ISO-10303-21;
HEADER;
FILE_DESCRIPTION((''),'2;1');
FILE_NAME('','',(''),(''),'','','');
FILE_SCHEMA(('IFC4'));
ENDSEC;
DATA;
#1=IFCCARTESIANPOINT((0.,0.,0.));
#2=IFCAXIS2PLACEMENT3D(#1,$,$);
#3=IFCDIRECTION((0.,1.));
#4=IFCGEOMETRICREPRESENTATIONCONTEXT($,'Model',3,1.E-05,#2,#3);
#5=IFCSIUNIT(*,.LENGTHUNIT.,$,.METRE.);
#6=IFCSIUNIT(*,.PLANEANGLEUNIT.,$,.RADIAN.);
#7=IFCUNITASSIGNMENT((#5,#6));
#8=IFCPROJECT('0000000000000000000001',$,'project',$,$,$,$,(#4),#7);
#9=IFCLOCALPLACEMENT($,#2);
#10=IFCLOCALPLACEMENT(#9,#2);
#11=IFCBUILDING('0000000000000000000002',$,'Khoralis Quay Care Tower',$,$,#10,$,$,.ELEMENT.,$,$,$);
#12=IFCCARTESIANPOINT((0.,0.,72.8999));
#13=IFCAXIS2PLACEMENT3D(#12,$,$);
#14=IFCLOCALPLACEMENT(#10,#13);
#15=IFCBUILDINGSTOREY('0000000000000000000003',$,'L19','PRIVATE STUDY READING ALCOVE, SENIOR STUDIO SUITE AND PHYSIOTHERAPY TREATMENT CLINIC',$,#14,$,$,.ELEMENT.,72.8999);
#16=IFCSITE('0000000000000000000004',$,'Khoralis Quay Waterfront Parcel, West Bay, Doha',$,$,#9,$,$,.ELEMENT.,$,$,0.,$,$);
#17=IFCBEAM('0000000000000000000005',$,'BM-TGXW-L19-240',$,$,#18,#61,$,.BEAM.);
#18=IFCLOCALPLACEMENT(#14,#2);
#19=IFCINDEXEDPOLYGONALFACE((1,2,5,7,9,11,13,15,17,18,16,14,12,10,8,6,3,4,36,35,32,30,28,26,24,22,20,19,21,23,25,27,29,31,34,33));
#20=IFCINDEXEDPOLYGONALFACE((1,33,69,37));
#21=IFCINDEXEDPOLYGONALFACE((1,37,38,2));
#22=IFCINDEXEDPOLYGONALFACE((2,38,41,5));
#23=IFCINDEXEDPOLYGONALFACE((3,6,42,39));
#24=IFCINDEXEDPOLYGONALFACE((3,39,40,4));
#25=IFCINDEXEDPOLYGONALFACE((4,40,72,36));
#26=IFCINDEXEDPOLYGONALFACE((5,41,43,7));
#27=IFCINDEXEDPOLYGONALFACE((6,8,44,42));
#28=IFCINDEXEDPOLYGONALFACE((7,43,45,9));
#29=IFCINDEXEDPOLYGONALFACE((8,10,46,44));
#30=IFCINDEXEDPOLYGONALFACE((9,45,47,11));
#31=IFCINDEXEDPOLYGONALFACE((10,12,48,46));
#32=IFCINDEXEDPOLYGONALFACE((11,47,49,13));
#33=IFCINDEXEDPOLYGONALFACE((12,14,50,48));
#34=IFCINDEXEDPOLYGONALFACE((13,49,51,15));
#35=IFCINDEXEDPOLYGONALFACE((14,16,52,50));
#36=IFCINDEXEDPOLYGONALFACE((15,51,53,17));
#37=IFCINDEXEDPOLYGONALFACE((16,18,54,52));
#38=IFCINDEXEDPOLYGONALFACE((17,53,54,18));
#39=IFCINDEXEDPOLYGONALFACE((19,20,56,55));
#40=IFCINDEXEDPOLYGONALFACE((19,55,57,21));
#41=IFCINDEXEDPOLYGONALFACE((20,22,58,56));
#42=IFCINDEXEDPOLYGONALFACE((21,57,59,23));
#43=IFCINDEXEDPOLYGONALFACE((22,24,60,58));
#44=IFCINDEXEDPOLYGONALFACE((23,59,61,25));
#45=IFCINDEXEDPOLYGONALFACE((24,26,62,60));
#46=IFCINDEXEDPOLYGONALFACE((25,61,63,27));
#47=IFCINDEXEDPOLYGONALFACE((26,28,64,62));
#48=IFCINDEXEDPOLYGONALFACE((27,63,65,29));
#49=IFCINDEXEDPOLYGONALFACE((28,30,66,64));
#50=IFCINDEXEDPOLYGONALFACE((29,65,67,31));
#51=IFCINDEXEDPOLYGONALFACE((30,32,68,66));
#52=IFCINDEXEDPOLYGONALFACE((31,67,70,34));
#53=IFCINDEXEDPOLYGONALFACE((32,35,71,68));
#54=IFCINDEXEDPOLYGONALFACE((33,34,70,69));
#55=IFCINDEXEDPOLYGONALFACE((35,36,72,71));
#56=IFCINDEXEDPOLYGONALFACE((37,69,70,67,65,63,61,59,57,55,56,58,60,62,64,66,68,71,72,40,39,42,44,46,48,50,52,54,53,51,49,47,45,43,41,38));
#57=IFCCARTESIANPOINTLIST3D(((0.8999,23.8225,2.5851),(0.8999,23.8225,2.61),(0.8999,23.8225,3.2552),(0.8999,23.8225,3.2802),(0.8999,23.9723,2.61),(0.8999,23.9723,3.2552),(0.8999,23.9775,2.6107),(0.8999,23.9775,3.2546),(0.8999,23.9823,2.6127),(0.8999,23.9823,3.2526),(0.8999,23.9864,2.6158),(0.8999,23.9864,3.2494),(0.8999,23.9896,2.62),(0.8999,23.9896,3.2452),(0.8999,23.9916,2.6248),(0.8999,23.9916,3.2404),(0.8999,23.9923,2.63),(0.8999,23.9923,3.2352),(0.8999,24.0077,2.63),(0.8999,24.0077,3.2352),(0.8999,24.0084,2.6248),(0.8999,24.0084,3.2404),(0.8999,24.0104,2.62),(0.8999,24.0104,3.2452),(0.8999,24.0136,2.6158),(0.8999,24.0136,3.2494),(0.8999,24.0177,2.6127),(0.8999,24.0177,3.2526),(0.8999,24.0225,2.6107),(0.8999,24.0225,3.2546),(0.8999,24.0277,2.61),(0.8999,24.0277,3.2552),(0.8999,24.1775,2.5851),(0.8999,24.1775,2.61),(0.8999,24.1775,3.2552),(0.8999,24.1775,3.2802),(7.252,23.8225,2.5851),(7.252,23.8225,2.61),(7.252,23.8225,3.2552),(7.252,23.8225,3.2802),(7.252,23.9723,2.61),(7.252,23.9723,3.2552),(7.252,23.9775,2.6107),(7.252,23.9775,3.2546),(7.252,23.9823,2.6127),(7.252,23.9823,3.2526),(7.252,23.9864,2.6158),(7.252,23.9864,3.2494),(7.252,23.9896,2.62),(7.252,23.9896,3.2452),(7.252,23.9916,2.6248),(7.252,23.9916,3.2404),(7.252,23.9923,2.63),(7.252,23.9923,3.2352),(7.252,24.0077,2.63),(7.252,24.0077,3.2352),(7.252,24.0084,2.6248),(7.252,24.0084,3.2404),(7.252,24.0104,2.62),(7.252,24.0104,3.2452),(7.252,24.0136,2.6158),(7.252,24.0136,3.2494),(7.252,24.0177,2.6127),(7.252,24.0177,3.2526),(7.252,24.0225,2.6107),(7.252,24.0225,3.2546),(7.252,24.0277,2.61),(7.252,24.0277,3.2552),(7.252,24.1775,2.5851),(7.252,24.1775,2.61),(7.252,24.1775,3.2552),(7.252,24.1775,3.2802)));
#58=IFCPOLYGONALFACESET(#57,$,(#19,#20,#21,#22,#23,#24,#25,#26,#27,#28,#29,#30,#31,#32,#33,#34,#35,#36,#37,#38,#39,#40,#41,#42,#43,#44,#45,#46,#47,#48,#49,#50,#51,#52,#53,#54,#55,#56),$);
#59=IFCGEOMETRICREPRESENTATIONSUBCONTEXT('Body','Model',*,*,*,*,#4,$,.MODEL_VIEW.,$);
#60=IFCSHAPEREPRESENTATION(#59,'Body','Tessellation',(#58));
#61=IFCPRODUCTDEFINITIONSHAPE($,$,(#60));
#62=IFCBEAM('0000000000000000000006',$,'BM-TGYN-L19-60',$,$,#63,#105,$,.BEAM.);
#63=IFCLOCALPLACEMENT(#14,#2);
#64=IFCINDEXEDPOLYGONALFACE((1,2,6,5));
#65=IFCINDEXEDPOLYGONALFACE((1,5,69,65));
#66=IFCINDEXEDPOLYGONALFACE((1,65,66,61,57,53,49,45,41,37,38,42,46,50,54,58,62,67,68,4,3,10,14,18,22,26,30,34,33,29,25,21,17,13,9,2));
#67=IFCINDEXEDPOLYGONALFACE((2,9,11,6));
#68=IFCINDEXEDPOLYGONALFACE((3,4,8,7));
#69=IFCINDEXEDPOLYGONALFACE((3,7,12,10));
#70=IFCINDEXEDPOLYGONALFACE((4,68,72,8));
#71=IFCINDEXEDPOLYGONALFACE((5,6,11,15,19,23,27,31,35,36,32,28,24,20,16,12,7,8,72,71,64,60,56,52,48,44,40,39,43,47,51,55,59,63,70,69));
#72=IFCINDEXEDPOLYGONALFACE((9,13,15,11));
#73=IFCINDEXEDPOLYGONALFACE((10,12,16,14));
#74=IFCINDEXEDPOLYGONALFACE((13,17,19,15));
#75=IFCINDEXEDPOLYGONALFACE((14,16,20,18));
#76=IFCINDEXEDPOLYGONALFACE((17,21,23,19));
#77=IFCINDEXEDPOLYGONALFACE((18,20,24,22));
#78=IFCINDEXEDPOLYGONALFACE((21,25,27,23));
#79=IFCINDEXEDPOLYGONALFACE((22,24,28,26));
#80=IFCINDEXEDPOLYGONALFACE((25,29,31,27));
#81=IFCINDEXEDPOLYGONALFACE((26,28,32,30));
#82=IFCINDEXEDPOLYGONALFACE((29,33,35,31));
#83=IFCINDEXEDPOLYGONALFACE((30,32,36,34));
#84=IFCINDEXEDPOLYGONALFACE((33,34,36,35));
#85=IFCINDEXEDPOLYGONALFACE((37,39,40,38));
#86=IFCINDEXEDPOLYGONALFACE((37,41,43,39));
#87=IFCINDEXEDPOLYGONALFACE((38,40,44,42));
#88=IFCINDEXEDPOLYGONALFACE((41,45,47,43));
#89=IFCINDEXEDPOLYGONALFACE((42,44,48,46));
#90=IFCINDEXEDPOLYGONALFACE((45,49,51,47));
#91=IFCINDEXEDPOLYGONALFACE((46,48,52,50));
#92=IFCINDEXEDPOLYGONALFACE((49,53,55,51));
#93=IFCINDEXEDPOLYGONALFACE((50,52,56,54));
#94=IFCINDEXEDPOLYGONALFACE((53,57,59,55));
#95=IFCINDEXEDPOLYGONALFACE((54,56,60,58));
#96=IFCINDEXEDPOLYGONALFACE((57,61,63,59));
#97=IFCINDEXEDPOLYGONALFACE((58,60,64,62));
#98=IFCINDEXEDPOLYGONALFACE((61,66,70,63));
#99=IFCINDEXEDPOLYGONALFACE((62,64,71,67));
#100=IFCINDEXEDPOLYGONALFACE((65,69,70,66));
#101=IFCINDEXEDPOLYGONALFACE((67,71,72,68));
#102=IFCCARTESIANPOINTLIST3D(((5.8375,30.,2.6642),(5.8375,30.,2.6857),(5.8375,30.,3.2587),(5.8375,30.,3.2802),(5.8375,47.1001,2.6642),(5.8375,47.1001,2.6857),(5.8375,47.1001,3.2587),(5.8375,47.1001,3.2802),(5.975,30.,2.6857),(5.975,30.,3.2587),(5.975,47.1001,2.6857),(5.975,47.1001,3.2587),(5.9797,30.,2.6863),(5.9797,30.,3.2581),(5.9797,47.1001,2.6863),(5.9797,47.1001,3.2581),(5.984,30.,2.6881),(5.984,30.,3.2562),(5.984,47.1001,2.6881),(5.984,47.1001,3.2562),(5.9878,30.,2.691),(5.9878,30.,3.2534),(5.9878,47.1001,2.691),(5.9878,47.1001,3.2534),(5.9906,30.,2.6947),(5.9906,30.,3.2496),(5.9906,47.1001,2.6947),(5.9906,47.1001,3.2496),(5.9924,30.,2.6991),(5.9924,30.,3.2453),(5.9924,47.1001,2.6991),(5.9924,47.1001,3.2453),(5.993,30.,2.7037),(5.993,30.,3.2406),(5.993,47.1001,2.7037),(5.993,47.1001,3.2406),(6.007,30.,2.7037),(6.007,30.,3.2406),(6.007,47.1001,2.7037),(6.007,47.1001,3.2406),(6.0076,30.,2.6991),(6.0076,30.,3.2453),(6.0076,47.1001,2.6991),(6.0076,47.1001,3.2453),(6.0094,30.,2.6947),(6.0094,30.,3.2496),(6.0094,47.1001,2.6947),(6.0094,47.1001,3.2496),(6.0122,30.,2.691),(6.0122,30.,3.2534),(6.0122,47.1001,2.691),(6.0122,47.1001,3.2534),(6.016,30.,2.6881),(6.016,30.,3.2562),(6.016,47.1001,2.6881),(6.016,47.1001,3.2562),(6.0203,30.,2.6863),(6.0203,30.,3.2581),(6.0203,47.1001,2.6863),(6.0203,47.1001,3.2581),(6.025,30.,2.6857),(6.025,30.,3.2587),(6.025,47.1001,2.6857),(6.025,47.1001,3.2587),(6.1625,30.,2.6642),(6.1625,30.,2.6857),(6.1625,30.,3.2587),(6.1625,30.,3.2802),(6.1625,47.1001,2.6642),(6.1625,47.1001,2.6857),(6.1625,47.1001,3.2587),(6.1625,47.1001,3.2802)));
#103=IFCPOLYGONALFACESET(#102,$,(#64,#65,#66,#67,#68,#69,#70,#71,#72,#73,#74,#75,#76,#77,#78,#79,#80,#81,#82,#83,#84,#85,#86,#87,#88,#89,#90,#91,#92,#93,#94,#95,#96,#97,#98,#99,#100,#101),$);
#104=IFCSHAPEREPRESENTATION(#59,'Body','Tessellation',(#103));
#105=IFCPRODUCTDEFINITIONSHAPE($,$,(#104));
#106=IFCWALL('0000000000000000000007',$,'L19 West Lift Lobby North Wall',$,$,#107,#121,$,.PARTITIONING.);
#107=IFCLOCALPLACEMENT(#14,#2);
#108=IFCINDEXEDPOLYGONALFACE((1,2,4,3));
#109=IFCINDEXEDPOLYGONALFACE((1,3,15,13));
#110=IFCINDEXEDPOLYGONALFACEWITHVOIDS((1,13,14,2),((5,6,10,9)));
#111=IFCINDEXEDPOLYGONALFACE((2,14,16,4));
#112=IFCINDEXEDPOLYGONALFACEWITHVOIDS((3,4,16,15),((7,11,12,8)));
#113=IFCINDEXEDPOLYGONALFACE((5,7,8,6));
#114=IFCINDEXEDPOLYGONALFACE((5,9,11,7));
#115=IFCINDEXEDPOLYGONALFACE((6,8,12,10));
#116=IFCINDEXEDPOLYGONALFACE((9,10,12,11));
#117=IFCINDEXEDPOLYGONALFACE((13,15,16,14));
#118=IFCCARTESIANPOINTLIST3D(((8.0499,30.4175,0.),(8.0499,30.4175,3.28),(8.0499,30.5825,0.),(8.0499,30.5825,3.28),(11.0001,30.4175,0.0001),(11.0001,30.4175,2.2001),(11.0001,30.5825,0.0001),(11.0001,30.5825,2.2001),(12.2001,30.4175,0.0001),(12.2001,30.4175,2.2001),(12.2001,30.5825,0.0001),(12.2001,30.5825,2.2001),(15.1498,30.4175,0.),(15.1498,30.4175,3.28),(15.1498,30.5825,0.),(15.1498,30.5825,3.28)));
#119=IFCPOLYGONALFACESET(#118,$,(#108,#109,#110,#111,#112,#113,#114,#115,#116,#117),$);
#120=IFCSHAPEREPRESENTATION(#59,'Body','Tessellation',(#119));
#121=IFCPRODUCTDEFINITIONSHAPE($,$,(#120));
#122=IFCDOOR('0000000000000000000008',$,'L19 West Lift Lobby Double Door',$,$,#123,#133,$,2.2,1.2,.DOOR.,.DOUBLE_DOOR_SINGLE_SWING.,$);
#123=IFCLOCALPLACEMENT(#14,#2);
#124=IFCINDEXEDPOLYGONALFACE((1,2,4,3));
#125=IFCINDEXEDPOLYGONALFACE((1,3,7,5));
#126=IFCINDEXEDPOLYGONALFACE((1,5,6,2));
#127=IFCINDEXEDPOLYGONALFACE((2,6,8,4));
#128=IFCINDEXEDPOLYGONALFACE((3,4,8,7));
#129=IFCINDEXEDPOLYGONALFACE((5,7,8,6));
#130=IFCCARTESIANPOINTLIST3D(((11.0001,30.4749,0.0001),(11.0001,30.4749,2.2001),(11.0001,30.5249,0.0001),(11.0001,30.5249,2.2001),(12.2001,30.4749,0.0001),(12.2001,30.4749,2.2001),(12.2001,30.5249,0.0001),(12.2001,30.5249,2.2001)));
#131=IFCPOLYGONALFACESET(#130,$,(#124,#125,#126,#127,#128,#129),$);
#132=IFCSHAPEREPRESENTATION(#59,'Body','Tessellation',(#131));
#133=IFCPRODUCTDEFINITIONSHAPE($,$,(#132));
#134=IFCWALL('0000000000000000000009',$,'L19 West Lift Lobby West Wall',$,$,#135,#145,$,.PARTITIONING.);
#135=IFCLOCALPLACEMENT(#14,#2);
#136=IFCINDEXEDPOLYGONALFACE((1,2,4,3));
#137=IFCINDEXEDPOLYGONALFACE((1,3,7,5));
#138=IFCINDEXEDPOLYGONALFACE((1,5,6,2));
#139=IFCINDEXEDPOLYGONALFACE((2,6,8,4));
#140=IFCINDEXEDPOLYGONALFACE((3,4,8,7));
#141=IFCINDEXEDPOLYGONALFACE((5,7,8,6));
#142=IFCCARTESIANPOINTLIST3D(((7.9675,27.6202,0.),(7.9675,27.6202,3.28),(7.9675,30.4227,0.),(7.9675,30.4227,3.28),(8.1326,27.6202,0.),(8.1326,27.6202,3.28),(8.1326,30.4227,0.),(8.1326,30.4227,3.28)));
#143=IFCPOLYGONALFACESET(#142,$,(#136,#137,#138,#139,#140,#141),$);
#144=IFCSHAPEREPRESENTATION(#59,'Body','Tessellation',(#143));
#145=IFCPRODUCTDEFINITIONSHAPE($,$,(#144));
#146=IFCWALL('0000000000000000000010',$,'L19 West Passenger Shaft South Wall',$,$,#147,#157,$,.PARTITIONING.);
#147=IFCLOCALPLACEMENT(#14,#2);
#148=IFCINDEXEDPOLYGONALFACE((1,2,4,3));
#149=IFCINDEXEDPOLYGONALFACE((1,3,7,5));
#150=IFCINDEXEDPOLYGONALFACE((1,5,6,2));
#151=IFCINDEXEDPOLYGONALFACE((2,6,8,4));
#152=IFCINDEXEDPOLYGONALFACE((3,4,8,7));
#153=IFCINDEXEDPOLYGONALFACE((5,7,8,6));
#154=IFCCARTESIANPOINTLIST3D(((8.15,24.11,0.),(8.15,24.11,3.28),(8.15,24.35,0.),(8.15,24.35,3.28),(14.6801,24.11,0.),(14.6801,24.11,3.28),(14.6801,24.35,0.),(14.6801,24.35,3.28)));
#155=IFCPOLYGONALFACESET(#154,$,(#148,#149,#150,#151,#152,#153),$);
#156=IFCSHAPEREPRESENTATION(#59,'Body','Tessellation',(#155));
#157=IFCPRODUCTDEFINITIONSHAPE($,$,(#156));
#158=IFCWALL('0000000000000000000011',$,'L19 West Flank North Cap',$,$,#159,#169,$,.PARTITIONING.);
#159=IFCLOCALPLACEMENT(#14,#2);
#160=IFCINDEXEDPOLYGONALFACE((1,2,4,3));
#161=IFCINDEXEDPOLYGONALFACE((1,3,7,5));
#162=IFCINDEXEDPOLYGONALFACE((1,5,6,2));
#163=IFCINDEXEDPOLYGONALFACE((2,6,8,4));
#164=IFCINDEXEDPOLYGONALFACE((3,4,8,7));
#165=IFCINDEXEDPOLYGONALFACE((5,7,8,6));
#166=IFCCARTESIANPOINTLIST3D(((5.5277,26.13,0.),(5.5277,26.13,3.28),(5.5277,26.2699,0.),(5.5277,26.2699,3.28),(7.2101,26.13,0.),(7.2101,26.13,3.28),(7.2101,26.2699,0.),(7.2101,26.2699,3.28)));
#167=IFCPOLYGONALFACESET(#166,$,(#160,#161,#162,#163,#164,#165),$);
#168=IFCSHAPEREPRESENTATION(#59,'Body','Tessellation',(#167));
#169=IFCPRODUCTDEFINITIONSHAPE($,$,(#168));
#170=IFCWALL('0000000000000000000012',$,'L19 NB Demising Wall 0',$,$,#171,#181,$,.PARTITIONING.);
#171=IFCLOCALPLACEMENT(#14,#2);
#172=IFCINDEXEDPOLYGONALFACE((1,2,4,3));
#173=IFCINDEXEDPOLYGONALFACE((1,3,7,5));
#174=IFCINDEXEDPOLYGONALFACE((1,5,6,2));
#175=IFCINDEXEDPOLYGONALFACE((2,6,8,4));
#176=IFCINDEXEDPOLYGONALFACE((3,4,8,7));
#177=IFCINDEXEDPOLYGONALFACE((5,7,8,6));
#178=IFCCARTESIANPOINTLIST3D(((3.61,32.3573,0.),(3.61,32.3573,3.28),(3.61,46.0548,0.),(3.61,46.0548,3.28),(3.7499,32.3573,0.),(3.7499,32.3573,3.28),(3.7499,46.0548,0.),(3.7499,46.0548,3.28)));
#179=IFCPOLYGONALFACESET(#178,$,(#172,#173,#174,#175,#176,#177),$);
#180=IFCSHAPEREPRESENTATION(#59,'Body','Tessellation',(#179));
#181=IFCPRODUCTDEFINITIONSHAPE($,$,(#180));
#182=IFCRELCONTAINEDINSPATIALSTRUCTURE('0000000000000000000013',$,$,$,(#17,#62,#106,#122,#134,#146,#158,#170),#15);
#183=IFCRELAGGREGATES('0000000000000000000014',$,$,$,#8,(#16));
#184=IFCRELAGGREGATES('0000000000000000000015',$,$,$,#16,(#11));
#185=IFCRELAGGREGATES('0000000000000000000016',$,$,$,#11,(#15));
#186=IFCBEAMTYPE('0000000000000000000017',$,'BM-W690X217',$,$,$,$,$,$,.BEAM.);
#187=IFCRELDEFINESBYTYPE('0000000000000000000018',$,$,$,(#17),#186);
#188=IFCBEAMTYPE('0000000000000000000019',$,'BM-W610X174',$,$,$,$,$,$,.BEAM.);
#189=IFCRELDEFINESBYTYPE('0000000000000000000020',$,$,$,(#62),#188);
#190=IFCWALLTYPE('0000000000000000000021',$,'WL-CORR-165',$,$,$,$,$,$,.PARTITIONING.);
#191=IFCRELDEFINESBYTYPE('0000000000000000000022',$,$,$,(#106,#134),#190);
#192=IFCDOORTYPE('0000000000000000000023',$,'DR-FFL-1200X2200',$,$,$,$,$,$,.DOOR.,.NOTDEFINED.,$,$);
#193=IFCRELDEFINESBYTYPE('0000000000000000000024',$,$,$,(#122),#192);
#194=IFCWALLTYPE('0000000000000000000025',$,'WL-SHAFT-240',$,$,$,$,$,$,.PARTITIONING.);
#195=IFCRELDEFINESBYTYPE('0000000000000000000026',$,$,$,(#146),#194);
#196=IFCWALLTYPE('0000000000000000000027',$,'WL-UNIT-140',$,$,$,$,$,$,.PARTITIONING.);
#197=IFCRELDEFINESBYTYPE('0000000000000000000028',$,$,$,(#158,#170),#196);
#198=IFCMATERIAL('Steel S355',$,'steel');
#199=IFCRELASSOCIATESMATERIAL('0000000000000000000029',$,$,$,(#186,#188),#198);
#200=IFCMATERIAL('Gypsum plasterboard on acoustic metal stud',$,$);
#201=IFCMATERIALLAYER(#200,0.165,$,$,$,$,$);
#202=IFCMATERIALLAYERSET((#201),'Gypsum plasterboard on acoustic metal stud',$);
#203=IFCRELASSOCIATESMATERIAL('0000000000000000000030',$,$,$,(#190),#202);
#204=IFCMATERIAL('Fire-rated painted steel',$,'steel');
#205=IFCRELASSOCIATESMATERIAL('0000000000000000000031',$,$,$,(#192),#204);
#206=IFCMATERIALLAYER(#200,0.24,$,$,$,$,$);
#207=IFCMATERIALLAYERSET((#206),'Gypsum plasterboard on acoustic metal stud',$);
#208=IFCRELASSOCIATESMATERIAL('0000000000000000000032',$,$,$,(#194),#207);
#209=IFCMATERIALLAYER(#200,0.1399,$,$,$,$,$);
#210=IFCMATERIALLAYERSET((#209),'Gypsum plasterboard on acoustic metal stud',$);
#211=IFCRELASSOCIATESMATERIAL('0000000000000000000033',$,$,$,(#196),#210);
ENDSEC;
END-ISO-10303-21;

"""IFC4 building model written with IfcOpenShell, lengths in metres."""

from ifc_helpers import new_model, si_unit, direction, frame, frame_2d, origin, origin_2d, place, context, subcontext, project, spatial, rectangle, i_section, extrude, source, transform, mapped, material, layer, layer_set, material_profile, profile_set, type_object, element, fill, save


model = new_model("IFC4")

# Units and contexts
model_context = context("Model", 3, precision=1e-05, world=origin(), true_north=direction((0.0, 1.0)))
body_context = subcontext(model_context, "Body", "Model", "MODEL_VIEW")
ifc_project = project(units=[si_unit("LENGTHUNIT", "METRE"), si_unit("PLANEANGLEUNIT", "RADIAN")], contexts=[model_context])

# Site, building, storey
site_placement = place(None, origin())
site = spatial("IfcSite", under=ifc_project, at=site_placement, Name="Khoralis Quay Waterfront Parcel, West Bay, Doha", CompositionType="ELEMENT", RefElevation=0.0)
building_placement = place(site_placement, origin())
building = spatial("IfcBuilding", under=site, at=building_placement, Name="Khoralis Quay Care Tower", CompositionType="ELEMENT")
storey_placement = place(building_placement, frame((0.0, 0.0, 72.8999)))
storey = spatial("IfcBuildingStorey", under=building, at=storey_placement, Name="L19", Description="PRIVATE STUDY READING ALCOVE, SENIOR STUDIO SUITE AND PHYSIOTHERAPY TREATMENT CLINIC", CompositionType="ELEMENT", Elevation=72.8999)

# Beams
ifc_material_1 = material(Name="Steel S355", Category="steel")
ifc_material_profile_1 = material_profile(ifc_material_1, i_section(OverallWidth=0.355, OverallDepth=0.6951, WebThickness=0.0154, FlangeThickness=0.0249, FilletRadius=0.02, at=origin_2d()), Name="Steel S355")
ifc_profile_set_1 = profile_set([ifc_material_profile_1], Name="Steel S355")
beam_type_1 = type_object("IfcBeamType", Name="BM-W690X217", PredefinedType="BEAM", material=ifc_profile_set_1)
shared_shape_1 = source(origin(), body_context, "Body", "SweptSolid", [
    extrude(i_section(OverallWidth=0.355, OverallDepth=0.6951, WebThickness=0.0154, FlangeThickness=0.0249, FilletRadius=0.02, at=origin_2d()), origin(), (0.0, 0.0, 1.0), 6.3521),
])
beam_1_placement = place(storey_placement, frame((0.8999, 24.0, 2.9326), z_axis=(1.0, 0.0, 0.0), x_axis=(0.0, 1.0, 0.0)))
element("IfcBeam", 1, at=beam_1_placement, inside=storey, type_object=beam_type_1, Name="BM-TGXW-L19-240", PredefinedType="BEAM", context=body_context, shape_type="MappedRepresentation", body=[
    mapped(shared_shape_1, transform((0.0, 0.0, 0.0), scale=1.0)),
])
ifc_material_profile_2 = material_profile(ifc_material_1, i_section(OverallWidth=0.325, OverallDepth=0.616, WebThickness=0.0139, FlangeThickness=0.0215, FilletRadius=0.0181, at=origin_2d()), Name="Steel S355")
ifc_profile_set_2 = profile_set([ifc_material_profile_2], Name="Steel S355")
beam_type_2 = type_object("IfcBeamType", Name="BM-W610X174", PredefinedType="BEAM", material=ifc_profile_set_2)
shared_shape_2 = source(origin(), body_context, "Body", "SweptSolid", [
    extrude(i_section(OverallWidth=0.325, OverallDepth=0.616, WebThickness=0.0139, FlangeThickness=0.0215, FilletRadius=0.0181, at=origin_2d()), origin(), (0.0, 0.0, 1.0), 17.1001),
])
beam_2_placement = place(storey_placement, frame((6.0, 30.0, 2.9722), z_axis=(0.0, 1.0, 0.0), x_axis=(-1.0, 0.0, 0.0)))
element("IfcBeam", 2, at=beam_2_placement, inside=storey, type_object=beam_type_2, Name="BM-TGYN-L19-60", PredefinedType="BEAM", context=body_context, shape_type="MappedRepresentation", body=[
    mapped(shared_shape_2, transform((0.0, 0.0, 0.0), scale=1.0)),
])

# Wall, opening, door
ifc_material_2 = material(Name="Gypsum plasterboard on acoustic metal stud")
ifc_layer_1 = layer(ifc_material_2, 0.165)
ifc_layer_set_1 = layer_set([ifc_layer_1], Name="Gypsum plasterboard on acoustic metal stud")
wall_type_1 = type_object("IfcWallType", Name="WL-CORR-165", PredefinedType="PARTITIONING", material=ifc_layer_set_1)
wall_1_placement = place(storey_placement, frame((8.05, 30.5, 0.0), z_axis=(0.0, 0.0, 1.0), x_axis=(1.0, 0.0, 0.0)))
wall_1 = element("IfcWall", 3, at=wall_1_placement, inside=storey, type_object=wall_type_1, Name="L19 West Lift Lobby North Wall", PredefinedType="PARTITIONING", context=body_context, shape_type="SweptSolid", body=[
    extrude(rectangle(XDim=7.0999, YDim=0.165, at=frame_2d((3.5498, 0.0))), origin(), (0.0, 0.0, 1.0), 3.28),
])
opening_placement = place(wall_1_placement, frame((2.95, 0.0, 0.0)))
opening = element("IfcOpeningElement", 4, at=opening_placement, cuts=wall_1, PredefinedType="OPENING", context=body_context, shape_type="SweptSolid", body=[
    extrude(rectangle(XDim=1.2, YDim=2.2, at=frame_2d((0.6001, 1.1001))), frame((0.0, 0.0925, 0.0), z_axis=(0.0, -1.0, 0.0), x_axis=(1.0, 0.0, 0.0)), (0.0, 0.0, 1.0), 0.1851),
])
ifc_material_3 = material(Name="Fire-rated painted steel", Category="steel")
door_type = type_object("IfcDoorType", Name="DR-FFL-1200X2200", OperationType="NOTDEFINED", PredefinedType="DOOR", material=ifc_material_3)
shared_shape_3 = source(origin(), body_context, "Body", "SweptSolid", [
    extrude(rectangle(XDim=1.2, YDim=2.2, at=frame_2d((0.6001, 1.1001))), frame((0.0, 0.0249, 0.0), z_axis=(0.0, -1.0, 0.0), x_axis=(1.0, 0.0, 0.0)), (0.0, 0.0, 1.0), 0.05),
])
door_placement = place(opening_placement, origin())
door = element("IfcDoor", 5, at=door_placement, inside=storey, type_object=door_type, Name="L19 West Lift Lobby Double Door", OperationType="DOUBLE_DOOR_SINGLE_SWING", OverallHeight=2.2, OverallWidth=1.2, PredefinedType="DOOR", context=body_context, shape_type="MappedRepresentation", body=[
    mapped(shared_shape_3, transform((0.0, 0.0, 0.0), scale=1.0)),
])
fill(opening, door)

# Walls
wall_2_placement = place(storey_placement, frame((8.05, 27.6201, 0.0), z_axis=(0.0, 0.0, 1.0), x_axis=(0.0, 1.0, 0.0)))
element("IfcWall", 6, at=wall_2_placement, inside=storey, type_object=wall_type_1, Name="L19 West Lift Lobby West Wall", PredefinedType="PARTITIONING", context=body_context, shape_type="SweptSolid", body=[
    extrude(rectangle(XDim=2.8025, YDim=0.165, at=frame_2d((1.4014, 0.0))), origin(), (0.0, 0.0, 1.0), 3.28),
])
ifc_layer_2 = layer(ifc_material_2, 0.24)
ifc_layer_set_2 = layer_set([ifc_layer_2], Name="Gypsum plasterboard on acoustic metal stud")
wall_type_2 = type_object("IfcWallType", Name="WL-SHAFT-240", PredefinedType="PARTITIONING", material=ifc_layer_set_2)
wall_3_placement = place(storey_placement, frame((8.1499, 24.23, 0.0), z_axis=(0.0, 0.0, 1.0), x_axis=(1.0, 0.0, 0.0)))
element("IfcWall", 7, at=wall_3_placement, inside=storey, type_object=wall_type_2, Name="L19 West Passenger Shaft South Wall", PredefinedType="PARTITIONING", context=body_context, shape_type="SweptSolid", body=[
    extrude(rectangle(XDim=6.53, YDim=0.24, at=frame_2d((3.2651, 0.0))), origin(), (0.0, 0.0, 1.0), 3.28),
])
ifc_layer_3 = layer(ifc_material_2, 0.1399)
ifc_layer_set_3 = layer_set([ifc_layer_3], Name="Gypsum plasterboard on acoustic metal stud")
wall_type_3 = type_object("IfcWallType", Name="WL-UNIT-140", PredefinedType="PARTITIONING", material=ifc_layer_set_3)
wall_4_placement = place(storey_placement, frame((5.5276, 26.2, 0.0), z_axis=(0.0, 0.0, 1.0), x_axis=(1.0, 0.0, 0.0)))
element("IfcWall", 8, at=wall_4_placement, inside=storey, type_object=wall_type_3, Name="L19 West Flank North Cap", PredefinedType="PARTITIONING", context=body_context, shape_type="SweptSolid", body=[
    extrude(rectangle(XDim=1.6824, YDim=0.1399, at=frame_2d((0.8413, 0.0))), origin(), (0.0, 0.0, 1.0), 3.28),
])
wall_5_placement = place(storey_placement, frame((3.6799, 32.3574, 0.0), z_axis=(0.0, 0.0, 1.0), x_axis=(0.0, 1.0, 0.0)))
element("IfcWall", 9, at=wall_5_placement, inside=storey, type_object=wall_type_3, Name="L19 NB Demising Wall 0", PredefinedType="PARTITIONING", context=body_context, shape_type="SweptSolid", body=[
    extrude(rectangle(XDim=13.6975, YDim=0.1399, at=frame_2d((6.8486, 0.0))), origin(), (0.0, 0.0, 1.0), 3.28),
])

save(model, "model.ifc")
